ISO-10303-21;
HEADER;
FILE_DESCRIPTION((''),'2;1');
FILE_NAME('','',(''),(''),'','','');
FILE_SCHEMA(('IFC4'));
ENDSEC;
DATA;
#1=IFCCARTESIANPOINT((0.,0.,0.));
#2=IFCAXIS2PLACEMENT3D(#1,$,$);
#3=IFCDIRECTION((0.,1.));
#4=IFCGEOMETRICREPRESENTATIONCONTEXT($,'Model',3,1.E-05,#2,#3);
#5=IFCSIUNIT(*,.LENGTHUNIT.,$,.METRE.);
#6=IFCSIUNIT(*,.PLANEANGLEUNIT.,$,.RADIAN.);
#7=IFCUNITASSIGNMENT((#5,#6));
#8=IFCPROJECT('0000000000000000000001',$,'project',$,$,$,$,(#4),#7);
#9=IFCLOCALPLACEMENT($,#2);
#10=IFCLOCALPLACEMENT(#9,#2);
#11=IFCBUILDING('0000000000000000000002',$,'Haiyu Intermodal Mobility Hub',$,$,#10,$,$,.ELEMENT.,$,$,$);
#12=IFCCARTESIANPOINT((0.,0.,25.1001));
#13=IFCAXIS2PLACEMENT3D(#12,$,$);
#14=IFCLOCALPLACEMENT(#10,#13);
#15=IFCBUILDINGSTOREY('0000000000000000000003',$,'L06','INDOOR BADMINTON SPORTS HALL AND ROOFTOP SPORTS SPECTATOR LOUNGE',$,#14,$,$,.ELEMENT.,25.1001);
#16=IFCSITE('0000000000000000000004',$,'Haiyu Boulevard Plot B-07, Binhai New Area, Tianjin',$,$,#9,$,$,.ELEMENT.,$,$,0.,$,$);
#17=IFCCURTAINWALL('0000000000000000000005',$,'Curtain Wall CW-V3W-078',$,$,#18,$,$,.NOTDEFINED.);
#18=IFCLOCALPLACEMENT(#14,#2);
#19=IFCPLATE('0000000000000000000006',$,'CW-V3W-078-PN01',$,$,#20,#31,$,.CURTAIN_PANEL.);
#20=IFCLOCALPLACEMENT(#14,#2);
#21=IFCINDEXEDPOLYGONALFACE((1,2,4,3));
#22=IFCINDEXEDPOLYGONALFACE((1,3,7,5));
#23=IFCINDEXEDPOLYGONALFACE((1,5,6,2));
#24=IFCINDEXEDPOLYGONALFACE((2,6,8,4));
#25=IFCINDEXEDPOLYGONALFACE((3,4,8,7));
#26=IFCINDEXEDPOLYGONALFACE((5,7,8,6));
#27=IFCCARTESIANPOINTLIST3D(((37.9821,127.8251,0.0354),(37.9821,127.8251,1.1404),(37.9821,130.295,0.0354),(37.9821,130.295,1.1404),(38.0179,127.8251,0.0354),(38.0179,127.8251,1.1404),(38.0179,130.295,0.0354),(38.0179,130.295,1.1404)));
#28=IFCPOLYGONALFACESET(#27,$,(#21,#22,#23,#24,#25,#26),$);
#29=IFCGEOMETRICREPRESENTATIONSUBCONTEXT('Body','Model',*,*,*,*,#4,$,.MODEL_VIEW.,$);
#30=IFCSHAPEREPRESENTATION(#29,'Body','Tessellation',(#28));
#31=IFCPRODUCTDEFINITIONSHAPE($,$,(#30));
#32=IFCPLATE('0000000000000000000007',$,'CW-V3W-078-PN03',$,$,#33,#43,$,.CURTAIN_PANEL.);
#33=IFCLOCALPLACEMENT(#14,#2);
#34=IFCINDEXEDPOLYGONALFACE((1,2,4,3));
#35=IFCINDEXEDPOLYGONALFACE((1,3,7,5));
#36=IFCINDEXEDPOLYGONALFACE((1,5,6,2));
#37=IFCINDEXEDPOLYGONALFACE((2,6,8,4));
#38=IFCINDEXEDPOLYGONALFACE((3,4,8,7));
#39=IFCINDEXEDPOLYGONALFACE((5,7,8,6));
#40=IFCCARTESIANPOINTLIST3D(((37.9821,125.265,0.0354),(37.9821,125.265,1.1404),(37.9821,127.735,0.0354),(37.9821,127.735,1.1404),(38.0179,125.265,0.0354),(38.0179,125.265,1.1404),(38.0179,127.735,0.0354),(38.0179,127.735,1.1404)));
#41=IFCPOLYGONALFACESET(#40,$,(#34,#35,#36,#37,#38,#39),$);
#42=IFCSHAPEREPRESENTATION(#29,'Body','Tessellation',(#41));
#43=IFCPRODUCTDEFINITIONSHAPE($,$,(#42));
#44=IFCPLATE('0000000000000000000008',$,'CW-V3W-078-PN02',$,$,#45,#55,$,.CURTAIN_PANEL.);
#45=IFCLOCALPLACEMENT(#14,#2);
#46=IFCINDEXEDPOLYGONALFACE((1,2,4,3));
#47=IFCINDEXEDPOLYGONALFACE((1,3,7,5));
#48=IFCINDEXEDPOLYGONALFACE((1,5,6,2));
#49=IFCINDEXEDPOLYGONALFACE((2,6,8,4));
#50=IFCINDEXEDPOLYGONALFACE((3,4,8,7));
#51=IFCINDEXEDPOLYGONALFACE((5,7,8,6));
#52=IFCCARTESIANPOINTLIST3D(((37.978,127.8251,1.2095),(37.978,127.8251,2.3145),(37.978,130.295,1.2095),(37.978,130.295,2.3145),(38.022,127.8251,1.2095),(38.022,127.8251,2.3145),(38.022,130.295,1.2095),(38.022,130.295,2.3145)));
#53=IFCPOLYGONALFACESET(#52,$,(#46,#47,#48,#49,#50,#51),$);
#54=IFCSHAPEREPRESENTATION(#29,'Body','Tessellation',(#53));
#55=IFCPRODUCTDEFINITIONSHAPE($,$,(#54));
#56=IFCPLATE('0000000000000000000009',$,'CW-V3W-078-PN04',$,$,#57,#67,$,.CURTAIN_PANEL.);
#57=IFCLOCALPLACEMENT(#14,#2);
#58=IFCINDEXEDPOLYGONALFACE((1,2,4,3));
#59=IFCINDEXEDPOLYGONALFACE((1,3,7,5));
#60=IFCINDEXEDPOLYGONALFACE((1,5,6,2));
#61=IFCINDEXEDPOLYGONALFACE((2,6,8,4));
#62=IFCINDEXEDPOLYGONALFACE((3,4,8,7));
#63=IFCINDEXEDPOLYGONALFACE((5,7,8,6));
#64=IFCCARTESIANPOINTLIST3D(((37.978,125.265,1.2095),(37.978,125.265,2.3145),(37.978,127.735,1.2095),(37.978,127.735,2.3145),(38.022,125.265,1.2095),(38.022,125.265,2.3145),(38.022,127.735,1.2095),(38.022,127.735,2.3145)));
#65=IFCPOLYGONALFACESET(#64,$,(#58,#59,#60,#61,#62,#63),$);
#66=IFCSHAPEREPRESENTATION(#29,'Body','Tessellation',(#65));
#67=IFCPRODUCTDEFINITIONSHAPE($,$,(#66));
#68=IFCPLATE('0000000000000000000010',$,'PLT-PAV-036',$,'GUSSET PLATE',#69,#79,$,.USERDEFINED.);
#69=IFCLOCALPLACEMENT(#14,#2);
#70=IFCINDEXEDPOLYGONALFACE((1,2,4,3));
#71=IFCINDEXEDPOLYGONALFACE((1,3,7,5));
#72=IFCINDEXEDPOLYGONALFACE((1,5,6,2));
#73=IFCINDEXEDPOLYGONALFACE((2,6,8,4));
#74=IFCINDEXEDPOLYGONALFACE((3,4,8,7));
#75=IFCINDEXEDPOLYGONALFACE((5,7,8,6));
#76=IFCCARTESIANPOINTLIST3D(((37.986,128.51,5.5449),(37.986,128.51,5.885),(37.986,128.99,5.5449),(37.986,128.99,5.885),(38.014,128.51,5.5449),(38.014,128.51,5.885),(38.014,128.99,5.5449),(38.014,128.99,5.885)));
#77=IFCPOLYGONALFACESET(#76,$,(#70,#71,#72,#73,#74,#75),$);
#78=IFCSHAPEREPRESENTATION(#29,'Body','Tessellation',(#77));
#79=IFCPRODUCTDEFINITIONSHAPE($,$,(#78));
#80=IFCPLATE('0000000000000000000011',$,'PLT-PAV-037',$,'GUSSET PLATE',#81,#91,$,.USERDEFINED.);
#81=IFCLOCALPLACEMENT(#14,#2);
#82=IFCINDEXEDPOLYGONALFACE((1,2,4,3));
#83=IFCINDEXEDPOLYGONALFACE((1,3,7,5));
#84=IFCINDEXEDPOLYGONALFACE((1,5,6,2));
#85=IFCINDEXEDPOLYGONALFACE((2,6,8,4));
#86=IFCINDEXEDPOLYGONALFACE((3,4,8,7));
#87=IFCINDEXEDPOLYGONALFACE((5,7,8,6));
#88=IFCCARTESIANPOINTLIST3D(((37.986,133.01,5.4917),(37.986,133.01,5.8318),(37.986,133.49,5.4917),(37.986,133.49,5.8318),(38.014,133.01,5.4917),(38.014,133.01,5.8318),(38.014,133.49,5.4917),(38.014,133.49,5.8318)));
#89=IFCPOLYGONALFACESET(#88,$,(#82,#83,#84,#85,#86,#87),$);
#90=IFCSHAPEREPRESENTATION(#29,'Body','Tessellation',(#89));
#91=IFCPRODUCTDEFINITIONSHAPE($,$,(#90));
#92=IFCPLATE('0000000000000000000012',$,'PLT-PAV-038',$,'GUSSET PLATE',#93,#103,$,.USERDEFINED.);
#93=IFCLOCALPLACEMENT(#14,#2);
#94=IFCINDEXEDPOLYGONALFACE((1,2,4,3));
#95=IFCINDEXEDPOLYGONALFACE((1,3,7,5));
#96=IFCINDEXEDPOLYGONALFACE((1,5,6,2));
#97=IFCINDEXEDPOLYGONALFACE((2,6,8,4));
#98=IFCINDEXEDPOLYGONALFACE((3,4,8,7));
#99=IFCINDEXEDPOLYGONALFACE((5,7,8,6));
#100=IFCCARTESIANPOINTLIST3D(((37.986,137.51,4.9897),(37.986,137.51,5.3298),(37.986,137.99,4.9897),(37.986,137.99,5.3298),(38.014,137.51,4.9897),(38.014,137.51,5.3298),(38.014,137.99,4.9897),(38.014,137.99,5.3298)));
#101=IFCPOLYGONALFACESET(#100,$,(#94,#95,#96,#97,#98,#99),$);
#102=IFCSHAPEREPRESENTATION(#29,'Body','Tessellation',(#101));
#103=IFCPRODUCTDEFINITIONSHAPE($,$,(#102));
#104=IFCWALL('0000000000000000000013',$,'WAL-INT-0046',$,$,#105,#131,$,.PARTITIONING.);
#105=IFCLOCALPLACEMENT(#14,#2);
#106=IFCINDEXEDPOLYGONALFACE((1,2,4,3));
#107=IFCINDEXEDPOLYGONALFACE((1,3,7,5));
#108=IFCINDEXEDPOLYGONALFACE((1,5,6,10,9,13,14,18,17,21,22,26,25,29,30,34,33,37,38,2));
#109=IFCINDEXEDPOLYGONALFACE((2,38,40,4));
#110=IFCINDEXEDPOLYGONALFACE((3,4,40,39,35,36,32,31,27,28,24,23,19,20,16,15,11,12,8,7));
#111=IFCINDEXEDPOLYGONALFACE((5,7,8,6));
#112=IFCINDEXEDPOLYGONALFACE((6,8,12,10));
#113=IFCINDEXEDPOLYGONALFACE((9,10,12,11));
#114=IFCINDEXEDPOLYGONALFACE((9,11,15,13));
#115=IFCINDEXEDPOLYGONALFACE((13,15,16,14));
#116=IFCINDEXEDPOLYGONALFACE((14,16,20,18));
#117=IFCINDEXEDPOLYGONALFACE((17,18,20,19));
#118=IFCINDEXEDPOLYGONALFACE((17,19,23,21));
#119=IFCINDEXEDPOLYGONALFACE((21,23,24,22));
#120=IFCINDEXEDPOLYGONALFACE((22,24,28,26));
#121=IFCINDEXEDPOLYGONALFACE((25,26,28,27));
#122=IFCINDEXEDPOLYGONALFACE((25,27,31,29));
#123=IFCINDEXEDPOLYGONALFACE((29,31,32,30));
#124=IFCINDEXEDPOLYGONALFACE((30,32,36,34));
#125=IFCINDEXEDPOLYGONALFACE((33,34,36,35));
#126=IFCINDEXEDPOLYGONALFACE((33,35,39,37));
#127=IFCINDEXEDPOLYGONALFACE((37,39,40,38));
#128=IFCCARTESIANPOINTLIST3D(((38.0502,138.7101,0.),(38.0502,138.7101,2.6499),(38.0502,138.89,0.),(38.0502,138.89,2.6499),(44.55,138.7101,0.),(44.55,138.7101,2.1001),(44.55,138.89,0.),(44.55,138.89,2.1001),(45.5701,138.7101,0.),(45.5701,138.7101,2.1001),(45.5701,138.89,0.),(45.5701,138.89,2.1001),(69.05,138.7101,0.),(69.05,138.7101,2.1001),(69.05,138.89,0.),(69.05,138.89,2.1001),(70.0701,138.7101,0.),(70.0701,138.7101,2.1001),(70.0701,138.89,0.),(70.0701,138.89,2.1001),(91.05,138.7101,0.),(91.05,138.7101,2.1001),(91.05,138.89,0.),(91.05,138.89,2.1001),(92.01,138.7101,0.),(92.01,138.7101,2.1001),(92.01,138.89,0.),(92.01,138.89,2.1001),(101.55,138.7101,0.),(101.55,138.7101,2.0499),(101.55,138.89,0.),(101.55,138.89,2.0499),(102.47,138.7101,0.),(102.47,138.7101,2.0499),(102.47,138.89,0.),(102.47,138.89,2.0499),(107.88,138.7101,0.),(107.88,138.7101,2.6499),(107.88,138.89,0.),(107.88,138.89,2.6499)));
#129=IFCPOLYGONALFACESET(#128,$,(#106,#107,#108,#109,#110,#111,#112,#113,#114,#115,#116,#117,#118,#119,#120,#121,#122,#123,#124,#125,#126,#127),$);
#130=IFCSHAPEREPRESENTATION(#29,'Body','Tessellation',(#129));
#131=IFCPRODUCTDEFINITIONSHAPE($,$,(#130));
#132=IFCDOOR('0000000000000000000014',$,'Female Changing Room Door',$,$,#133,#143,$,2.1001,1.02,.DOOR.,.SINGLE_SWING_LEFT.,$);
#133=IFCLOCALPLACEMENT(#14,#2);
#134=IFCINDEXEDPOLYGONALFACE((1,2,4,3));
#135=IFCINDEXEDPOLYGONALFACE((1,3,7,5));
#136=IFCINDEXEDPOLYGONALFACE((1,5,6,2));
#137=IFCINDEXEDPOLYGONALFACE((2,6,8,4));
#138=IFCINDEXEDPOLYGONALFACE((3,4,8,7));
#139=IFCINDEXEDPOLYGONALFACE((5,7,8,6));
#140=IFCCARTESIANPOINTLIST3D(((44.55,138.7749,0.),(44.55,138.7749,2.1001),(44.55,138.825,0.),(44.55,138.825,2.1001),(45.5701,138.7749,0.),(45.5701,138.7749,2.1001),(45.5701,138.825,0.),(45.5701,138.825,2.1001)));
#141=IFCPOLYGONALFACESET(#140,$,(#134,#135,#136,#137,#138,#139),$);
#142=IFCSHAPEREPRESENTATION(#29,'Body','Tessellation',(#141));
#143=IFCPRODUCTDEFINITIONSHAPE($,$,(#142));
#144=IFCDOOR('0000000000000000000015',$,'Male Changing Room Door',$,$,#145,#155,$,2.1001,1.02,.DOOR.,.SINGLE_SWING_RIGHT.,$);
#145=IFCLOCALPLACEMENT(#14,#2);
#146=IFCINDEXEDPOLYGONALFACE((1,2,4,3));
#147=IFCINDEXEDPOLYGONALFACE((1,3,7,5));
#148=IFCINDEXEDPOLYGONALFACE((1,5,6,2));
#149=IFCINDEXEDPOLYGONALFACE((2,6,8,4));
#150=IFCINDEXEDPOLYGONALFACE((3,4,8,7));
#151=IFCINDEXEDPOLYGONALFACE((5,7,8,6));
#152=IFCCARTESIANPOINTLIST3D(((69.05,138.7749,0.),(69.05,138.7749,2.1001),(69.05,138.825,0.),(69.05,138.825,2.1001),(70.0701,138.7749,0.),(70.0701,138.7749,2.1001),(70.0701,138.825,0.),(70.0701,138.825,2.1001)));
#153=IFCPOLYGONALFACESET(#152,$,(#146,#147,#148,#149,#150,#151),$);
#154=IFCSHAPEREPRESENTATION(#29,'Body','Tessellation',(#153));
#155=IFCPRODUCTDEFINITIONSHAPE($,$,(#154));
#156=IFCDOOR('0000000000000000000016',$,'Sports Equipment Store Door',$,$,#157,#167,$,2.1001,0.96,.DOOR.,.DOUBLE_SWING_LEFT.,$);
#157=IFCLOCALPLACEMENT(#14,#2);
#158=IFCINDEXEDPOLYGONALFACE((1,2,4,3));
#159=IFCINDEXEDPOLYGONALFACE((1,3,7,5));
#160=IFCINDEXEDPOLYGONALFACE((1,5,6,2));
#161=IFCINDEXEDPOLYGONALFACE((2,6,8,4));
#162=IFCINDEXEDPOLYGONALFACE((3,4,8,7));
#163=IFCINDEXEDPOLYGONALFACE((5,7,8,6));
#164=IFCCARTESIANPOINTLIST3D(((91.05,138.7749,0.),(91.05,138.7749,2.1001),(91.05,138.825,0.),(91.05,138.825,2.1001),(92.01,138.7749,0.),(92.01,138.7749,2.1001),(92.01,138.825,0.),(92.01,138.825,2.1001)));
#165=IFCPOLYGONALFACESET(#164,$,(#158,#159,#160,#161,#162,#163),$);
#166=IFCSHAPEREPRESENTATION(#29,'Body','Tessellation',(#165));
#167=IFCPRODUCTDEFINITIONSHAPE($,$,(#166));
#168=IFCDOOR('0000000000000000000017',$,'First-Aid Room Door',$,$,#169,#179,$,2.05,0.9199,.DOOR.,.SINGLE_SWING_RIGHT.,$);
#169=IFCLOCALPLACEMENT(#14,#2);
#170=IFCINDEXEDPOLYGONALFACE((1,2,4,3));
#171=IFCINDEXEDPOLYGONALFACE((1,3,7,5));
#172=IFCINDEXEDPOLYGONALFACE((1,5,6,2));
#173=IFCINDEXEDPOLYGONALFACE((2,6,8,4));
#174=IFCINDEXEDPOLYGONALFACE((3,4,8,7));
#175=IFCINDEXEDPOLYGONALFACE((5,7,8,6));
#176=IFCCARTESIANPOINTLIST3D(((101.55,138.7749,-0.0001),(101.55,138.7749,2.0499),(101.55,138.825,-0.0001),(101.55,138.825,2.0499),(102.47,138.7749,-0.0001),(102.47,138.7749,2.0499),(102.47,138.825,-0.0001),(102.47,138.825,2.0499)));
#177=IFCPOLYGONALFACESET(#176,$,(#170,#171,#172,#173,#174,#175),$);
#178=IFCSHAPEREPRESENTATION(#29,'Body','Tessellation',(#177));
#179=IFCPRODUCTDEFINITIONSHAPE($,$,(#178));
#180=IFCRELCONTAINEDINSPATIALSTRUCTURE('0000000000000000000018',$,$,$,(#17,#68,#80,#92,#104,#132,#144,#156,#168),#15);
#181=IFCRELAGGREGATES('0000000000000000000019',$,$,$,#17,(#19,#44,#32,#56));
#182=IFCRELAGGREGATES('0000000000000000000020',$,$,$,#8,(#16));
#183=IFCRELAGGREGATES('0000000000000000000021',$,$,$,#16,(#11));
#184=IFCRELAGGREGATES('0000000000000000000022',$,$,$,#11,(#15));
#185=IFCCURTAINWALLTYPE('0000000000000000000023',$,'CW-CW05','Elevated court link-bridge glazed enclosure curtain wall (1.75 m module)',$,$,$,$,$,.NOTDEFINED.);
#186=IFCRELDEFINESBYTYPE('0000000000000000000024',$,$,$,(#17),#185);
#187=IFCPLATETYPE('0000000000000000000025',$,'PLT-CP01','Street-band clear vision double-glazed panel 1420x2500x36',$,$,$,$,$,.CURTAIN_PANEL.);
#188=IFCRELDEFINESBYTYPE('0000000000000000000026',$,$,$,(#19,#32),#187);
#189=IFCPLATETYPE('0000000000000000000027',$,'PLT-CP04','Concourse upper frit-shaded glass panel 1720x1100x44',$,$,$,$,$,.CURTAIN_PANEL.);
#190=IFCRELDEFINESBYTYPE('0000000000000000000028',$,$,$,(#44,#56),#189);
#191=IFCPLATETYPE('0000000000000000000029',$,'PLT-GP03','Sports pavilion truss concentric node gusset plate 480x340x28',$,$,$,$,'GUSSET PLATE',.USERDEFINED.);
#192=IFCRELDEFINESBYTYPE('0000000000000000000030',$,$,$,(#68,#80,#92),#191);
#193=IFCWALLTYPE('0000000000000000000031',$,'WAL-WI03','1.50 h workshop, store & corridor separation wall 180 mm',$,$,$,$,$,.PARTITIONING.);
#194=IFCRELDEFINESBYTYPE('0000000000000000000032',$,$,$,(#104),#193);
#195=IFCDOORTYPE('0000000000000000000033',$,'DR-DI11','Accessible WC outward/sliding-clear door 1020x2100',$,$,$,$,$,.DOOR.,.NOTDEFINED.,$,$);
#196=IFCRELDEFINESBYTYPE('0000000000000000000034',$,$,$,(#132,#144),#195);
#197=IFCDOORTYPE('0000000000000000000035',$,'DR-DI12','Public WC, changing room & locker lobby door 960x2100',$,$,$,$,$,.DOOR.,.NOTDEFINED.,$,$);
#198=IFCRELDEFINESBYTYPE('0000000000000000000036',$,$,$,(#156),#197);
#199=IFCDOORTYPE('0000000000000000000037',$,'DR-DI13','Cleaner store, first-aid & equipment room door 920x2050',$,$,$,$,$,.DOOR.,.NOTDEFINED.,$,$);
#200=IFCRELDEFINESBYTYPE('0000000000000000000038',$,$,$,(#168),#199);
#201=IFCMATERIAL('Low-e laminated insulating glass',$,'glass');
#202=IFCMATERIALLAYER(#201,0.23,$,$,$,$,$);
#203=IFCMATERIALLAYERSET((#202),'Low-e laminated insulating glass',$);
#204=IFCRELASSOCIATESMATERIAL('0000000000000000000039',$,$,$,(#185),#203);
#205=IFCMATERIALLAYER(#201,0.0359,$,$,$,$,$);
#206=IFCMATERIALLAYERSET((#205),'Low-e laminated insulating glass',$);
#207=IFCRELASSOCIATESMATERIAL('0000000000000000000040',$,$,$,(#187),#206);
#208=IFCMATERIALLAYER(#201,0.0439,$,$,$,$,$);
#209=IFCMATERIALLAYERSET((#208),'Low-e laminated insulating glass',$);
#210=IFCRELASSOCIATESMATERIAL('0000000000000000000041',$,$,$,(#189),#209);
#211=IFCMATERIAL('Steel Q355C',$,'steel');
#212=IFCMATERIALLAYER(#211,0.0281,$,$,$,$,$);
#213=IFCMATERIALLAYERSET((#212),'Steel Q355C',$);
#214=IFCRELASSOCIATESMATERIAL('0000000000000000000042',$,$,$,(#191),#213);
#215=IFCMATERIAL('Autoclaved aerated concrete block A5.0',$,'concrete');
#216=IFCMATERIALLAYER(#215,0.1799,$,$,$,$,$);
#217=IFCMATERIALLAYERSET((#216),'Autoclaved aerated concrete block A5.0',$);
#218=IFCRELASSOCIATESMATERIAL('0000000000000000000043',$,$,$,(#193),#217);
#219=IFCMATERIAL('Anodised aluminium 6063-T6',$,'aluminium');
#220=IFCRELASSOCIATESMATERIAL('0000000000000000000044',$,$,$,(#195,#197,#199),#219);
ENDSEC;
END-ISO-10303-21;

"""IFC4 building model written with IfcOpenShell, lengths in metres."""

from ifc_helpers import new_model, si_unit, direction, frame, frame_2d, origin, origin_2d, place, context, subcontext, project, spatial, rectangle, extrude, material, layer, layer_set, type_object, element, fill, aggregate, save


model = new_model("IFC4")

# Units and contexts
model_context = context("Model", 3, precision=1e-05, world=origin(), true_north=direction((0.0, 1.0)))
body_context = subcontext(model_context, "Body", "Model", "MODEL_VIEW")
ifc_project = project(units=[si_unit("LENGTHUNIT", "METRE"), si_unit("PLANEANGLEUNIT", "RADIAN")], contexts=[model_context])

# Site, building, storey
site_placement = place(None, origin())
site = spatial("IfcSite", under=ifc_project, at=site_placement, Name="Haiyu Boulevard Plot B-07, Binhai New Area, Tianjin", CompositionType="ELEMENT", RefElevation=0.0)
building_placement = place(site_placement, origin())
building = spatial("IfcBuilding", under=site, at=building_placement, Name="Haiyu Intermodal Mobility Hub", CompositionType="ELEMENT")
storey_placement = place(building_placement, frame((0.0, 0.0, 25.1001)))
storey = spatial("IfcBuildingStorey", under=building, at=storey_placement, Name="L06", Description="INDOOR BADMINTON SPORTS HALL AND ROOFTOP SPORTS SPECTATOR LOUNGE", CompositionType="ELEMENT", Elevation=25.1001)

# Shared definitions
ifc_material_1 = material(Name="Steel Q355C", Category="steel")

# Curtain wall
ifc_material_2 = material(Name="Low-e laminated insulating glass", Category="glass")
ifc_layer_1 = layer(ifc_material_2, 0.23)
ifc_layer_set_1 = layer_set([ifc_layer_1], Name="Low-e laminated insulating glass")
curtain_wall_type = type_object("IfcCurtainWallType", Name="CW-CW05", Description="Elevated court link-bridge glazed enclosure curtain wall (1.75 m module)", PredefinedType="NOTDEFINED", material=ifc_layer_set_1)
curtain_wall_1_placement = place(storey_placement, origin())
curtain_wall_1 = element("IfcCurtainWall", 1, at=curtain_wall_1_placement, inside=storey, type_object=curtain_wall_type, Name="Curtain Wall CW-V3W-078", PredefinedType="NOTDEFINED")
ifc_material_3 = material(Name="Anodised aluminium 6063-T6", Category="aluminium")

# Plates
ifc_layer_2 = layer(ifc_material_2, 0.0359)
ifc_layer_set_2 = layer_set([ifc_layer_2], Name="Low-e laminated insulating glass")
plate_type_1 = type_object("IfcPlateType", Name="PLT-CP01", Description="Street-band clear vision double-glazed panel 1420x2500x36", PredefinedType="CURTAIN_PANEL", material=ifc_layer_set_2)
plate_1_placement = place(storey_placement, frame((38.0, 129.0601, 0.0354), z_axis=(0.0, 0.0, 1.0), x_axis=(0.0, -1.0, 0.0)))
plate_1 = element("IfcPlate", 2, at=plate_1_placement, type_object=plate_type_1, Name="CW-V3W-078-PN01", PredefinedType="CURTAIN_PANEL", context=body_context, shape_type="SweptSolid", body=[
    extrude(rectangle(XDim=2.47, YDim=0.0359, at=origin_2d()), origin(), (0.0, 0.0, 1.0), 1.105),
])
plate_2_placement = place(storey_placement, frame((38.0, 126.5, 0.0354), z_axis=(0.0, 0.0, 1.0), x_axis=(0.0, -1.0, 0.0)))
plate_2 = element("IfcPlate", 3, at=plate_2_placement, type_object=plate_type_1, Name="CW-V3W-078-PN03", PredefinedType="CURTAIN_PANEL", context=body_context, shape_type="SweptSolid", body=[
    extrude(rectangle(XDim=2.47, YDim=0.0359, at=origin_2d()), origin(), (0.0, 0.0, 1.0), 1.105),
])
ifc_layer_3 = layer(ifc_material_2, 0.0439)
ifc_layer_set_3 = layer_set([ifc_layer_3], Name="Low-e laminated insulating glass")
plate_type_2 = type_object("IfcPlateType", Name="PLT-CP04", Description="Concourse upper frit-shaded glass panel 1720x1100x44", PredefinedType="CURTAIN_PANEL", material=ifc_layer_set_3)
plate_3_placement = place(storey_placement, frame((38.0, 129.0601, 1.2095), z_axis=(0.0, 0.0, 1.0), x_axis=(0.0, -1.0, 0.0)))
plate_3 = element("IfcPlate", 4, at=plate_3_placement, type_object=plate_type_2, Name="CW-V3W-078-PN02", PredefinedType="CURTAIN_PANEL", context=body_context, shape_type="SweptSolid", body=[
    extrude(rectangle(XDim=2.47, YDim=0.0439, at=origin_2d()), origin(), (0.0, 0.0, 1.0), 1.105),
])
plate_4_placement = place(storey_placement, frame((38.0, 126.5, 1.2095), z_axis=(0.0, 0.0, 1.0), x_axis=(0.0, -1.0, 0.0)))
plate_4 = element("IfcPlate", 5, at=plate_4_placement, type_object=plate_type_2, Name="CW-V3W-078-PN04", PredefinedType="CURTAIN_PANEL", context=body_context, shape_type="SweptSolid", body=[
    extrude(rectangle(XDim=2.47, YDim=0.0439, at=origin_2d()), origin(), (0.0, 0.0, 1.0), 1.105),
])
aggregate(curtain_wall_1, [plate_1, plate_3, plate_2, plate_4])

# Plates
ifc_layer_4 = layer(ifc_material_1, 0.0281)
ifc_layer_set_4 = layer_set([ifc_layer_4], Name="Steel Q355C")
plate_type_3 = type_object("IfcPlateType", Name="PLT-GP03", Description="Sports pavilion truss concentric node gusset plate 480x340x28", ElementType="GUSSET PLATE", PredefinedType="USERDEFINED", material=ifc_layer_set_4)
for number, where, z_axis, x_axis, name in (
    (6, (38.0, 128.75, 5.5449), (0.0, 0.0, 1.0), (1.0, 0.0, 0.0), "PLT-PAV-036"),
    (7, (38.0, 133.25, 5.4917), (0.0, 0.0, 1.0), (1.0, 0.0, 0.0), "PLT-PAV-037"),
    (8, (38.0, 137.75, 4.9897), (0.0, 0.0, 1.0), (1.0, 0.0, 0.0), "PLT-PAV-038"),
):
    element("IfcPlate", number, at=place(storey_placement, frame(where, z_axis=z_axis, x_axis=x_axis)), inside=storey, type_object=plate_type_3, Name=name, ObjectType="GUSSET PLATE", PredefinedType="USERDEFINED", context=body_context, shape_type="SweptSolid", body=[
        extrude(rectangle(XDim=0.0281, YDim=0.48, at=origin_2d()), origin(), (0.0, 0.0, 1.0), 0.3401),
    ])

# Wall, openings, doors
ifc_material_4 = material(Name="Autoclaved aerated concrete block A5.0", Category="concrete")
ifc_layer_5 = layer(ifc_material_4, 0.1799)
ifc_layer_set_5 = layer_set([ifc_layer_5], Name="Autoclaved aerated concrete block A5.0")
wall_type = type_object("IfcWallType", Name="WAL-WI03", Description="1.50 h workshop, store & corridor separation wall 180 mm", PredefinedType="PARTITIONING", material=ifc_layer_set_5)
wall_1_placement = place(storey_placement, frame((38.05, 138.8, 0.0), z_axis=(0.0, 0.0, 1.0), x_axis=(1.0, 0.0, 0.0)))
wall_1 = element("IfcWall", 9, at=wall_1_placement, inside=storey, type_object=wall_type, Name="WAL-INT-0046", PredefinedType="PARTITIONING", context=body_context, shape_type="SweptSolid", body=[
    extrude(rectangle(XDim=69.8298, YDim=0.1799, at=frame_2d((34.915, 0.0))), origin(), (0.0, 0.0, 1.0), 2.6499),
])
opening_1_placement = place(wall_1_placement, frame((6.5, 0.0, 0.0)))
opening_1 = element("IfcOpeningElement", 10, at=opening_1_placement, cuts=wall_1, PredefinedType="OPENING", context=body_context, shape_type="SweptSolid", body=[
    extrude(rectangle(XDim=1.02, YDim=2.1001, at=frame_2d((0.51, 1.05))), frame((0.0, 0.1001, 0.0), z_axis=(0.0, -1.0, 0.0), x_axis=(1.0, 0.0, 0.0)), (0.0, 0.0, 1.0), 0.2),
])
opening_2_placement = place(wall_1_placement, frame((31.0, 0.0, 0.0)))
opening_2 = element("IfcOpeningElement", 11, at=opening_2_placement, cuts=wall_1, PredefinedType="OPENING", context=body_context, shape_type="SweptSolid", body=[
    extrude(rectangle(XDim=1.02, YDim=2.1001, at=frame_2d((0.51, 1.05))), frame((0.0, 0.1001, 0.0), z_axis=(0.0, -1.0, 0.0), x_axis=(1.0, 0.0, 0.0)), (0.0, 0.0, 1.0), 0.2),
])
opening_3_placement = place(wall_1_placement, frame((53.0, 0.0, 0.0)))
opening_3 = element("IfcOpeningElement", 12, at=opening_3_placement, cuts=wall_1, PredefinedType="OPENING", context=body_context, shape_type="SweptSolid", body=[
    extrude(rectangle(XDim=0.96, YDim=2.1001, at=frame_2d((0.48, 1.05))), frame((0.0, 0.1001, 0.0), z_axis=(0.0, -1.0, 0.0), x_axis=(1.0, 0.0, 0.0)), (0.0, 0.0, 1.0), 0.2),
])
opening_4_placement = place(wall_1_placement, frame((63.5, 0.0, 0.0)))
opening_4 = element("IfcOpeningElement", 13, at=opening_4_placement, cuts=wall_1, PredefinedType="OPENING", context=body_context, shape_type="SweptSolid", body=[
    extrude(rectangle(XDim=0.9199, YDim=2.05, at=frame_2d((0.46, 1.0249))), frame((0.0, 0.1001, 0.0), z_axis=(0.0, -1.0, 0.0), x_axis=(1.0, 0.0, 0.0)), (0.0, 0.0, 1.0), 0.2),
])
door_type_1 = type_object("IfcDoorType", Name="DR-DI11", Description="Accessible WC outward/sliding-clear door 1020x2100", OperationType="NOTDEFINED", PredefinedType="DOOR", material=ifc_material_3)
door_1_placement = place(opening_1_placement, origin())
door_1 = element("IfcDoor", 14, at=door_1_placement, inside=storey, type_object=door_type_1, Name="Female Changing Room Door", OperationType="SINGLE_SWING_LEFT", OverallHeight=2.1001, OverallWidth=1.02, PredefinedType="DOOR", context=body_context, shape_type="SweptSolid", body=[
    extrude(rectangle(XDim=1.02, YDim=2.1001, at=frame_2d((0.51, 1.05))), frame((0.0, 0.0249, 0.0), z_axis=(0.0, -1.0, 0.0), x_axis=(1.0, 0.0, 0.0)), (0.0, 0.0, 1.0), 0.05),
])
fill(opening_1, door_1)
door_2_placement = place(opening_2_placement, origin())
door_2 = element("IfcDoor", 15, at=door_2_placement, inside=storey, type_object=door_type_1, Name="Male Changing Room Door", OperationType="SINGLE_SWING_RIGHT", OverallHeight=2.1001, OverallWidth=1.02, PredefinedType="DOOR", context=body_context, shape_type="SweptSolid", body=[
    extrude(rectangle(XDim=1.02, YDim=2.1001, at=frame_2d((0.51, 1.05))), frame((0.0, 0.0249, 0.0), z_axis=(0.0, -1.0, 0.0), x_axis=(1.0, 0.0, 0.0)), (0.0, 0.0, 1.0), 0.05),
])
fill(opening_2, door_2)
door_type_2 = type_object("IfcDoorType", Name="DR-DI12", Description="Public WC, changing room & locker lobby door 960x2100", OperationType="NOTDEFINED", PredefinedType="DOOR", material=ifc_material_3)
door_3_placement = place(opening_3_placement, origin())
door_3 = element("IfcDoor", 16, at=door_3_placement, inside=storey, type_object=door_type_2, Name="Sports Equipment Store Door", OperationType="DOUBLE_SWING_LEFT", OverallHeight=2.1001, OverallWidth=0.96, PredefinedType="DOOR", context=body_context, shape_type="SweptSolid", body=[
    extrude(rectangle(XDim=0.96, YDim=2.1001, at=frame_2d((0.48, 1.05))), frame((0.0, 0.0249, 0.0), z_axis=(0.0, -1.0, 0.0), x_axis=(1.0, 0.0, 0.0)), (0.0, 0.0, 1.0), 0.05),
])
fill(opening_3, door_3)
door_type_3 = type_object("IfcDoorType", Name="DR-DI13", Description="Cleaner store, first-aid & equipment room door 920x2050", OperationType="NOTDEFINED", PredefinedType="DOOR", material=ifc_material_3)
door_4_placement = place(opening_4_placement, origin())
door_4 = element("IfcDoor", 17, at=door_4_placement, inside=storey, type_object=door_type_3, Name="First-Aid Room Door", OperationType="SINGLE_SWING_RIGHT", OverallHeight=2.05, OverallWidth=0.9199, PredefinedType="DOOR", context=body_context, shape_type="SweptSolid", body=[
    extrude(rectangle(XDim=0.9199, YDim=2.05, at=frame_2d((0.46, 1.0249))), frame((0.0, 0.0249, 0.0), z_axis=(0.0, -1.0, 0.0), x_axis=(1.0, 0.0, 0.0)), (0.0, 0.0, 1.0), 0.05),
])
fill(opening_4, door_4)

save(model, "model.ifc")
